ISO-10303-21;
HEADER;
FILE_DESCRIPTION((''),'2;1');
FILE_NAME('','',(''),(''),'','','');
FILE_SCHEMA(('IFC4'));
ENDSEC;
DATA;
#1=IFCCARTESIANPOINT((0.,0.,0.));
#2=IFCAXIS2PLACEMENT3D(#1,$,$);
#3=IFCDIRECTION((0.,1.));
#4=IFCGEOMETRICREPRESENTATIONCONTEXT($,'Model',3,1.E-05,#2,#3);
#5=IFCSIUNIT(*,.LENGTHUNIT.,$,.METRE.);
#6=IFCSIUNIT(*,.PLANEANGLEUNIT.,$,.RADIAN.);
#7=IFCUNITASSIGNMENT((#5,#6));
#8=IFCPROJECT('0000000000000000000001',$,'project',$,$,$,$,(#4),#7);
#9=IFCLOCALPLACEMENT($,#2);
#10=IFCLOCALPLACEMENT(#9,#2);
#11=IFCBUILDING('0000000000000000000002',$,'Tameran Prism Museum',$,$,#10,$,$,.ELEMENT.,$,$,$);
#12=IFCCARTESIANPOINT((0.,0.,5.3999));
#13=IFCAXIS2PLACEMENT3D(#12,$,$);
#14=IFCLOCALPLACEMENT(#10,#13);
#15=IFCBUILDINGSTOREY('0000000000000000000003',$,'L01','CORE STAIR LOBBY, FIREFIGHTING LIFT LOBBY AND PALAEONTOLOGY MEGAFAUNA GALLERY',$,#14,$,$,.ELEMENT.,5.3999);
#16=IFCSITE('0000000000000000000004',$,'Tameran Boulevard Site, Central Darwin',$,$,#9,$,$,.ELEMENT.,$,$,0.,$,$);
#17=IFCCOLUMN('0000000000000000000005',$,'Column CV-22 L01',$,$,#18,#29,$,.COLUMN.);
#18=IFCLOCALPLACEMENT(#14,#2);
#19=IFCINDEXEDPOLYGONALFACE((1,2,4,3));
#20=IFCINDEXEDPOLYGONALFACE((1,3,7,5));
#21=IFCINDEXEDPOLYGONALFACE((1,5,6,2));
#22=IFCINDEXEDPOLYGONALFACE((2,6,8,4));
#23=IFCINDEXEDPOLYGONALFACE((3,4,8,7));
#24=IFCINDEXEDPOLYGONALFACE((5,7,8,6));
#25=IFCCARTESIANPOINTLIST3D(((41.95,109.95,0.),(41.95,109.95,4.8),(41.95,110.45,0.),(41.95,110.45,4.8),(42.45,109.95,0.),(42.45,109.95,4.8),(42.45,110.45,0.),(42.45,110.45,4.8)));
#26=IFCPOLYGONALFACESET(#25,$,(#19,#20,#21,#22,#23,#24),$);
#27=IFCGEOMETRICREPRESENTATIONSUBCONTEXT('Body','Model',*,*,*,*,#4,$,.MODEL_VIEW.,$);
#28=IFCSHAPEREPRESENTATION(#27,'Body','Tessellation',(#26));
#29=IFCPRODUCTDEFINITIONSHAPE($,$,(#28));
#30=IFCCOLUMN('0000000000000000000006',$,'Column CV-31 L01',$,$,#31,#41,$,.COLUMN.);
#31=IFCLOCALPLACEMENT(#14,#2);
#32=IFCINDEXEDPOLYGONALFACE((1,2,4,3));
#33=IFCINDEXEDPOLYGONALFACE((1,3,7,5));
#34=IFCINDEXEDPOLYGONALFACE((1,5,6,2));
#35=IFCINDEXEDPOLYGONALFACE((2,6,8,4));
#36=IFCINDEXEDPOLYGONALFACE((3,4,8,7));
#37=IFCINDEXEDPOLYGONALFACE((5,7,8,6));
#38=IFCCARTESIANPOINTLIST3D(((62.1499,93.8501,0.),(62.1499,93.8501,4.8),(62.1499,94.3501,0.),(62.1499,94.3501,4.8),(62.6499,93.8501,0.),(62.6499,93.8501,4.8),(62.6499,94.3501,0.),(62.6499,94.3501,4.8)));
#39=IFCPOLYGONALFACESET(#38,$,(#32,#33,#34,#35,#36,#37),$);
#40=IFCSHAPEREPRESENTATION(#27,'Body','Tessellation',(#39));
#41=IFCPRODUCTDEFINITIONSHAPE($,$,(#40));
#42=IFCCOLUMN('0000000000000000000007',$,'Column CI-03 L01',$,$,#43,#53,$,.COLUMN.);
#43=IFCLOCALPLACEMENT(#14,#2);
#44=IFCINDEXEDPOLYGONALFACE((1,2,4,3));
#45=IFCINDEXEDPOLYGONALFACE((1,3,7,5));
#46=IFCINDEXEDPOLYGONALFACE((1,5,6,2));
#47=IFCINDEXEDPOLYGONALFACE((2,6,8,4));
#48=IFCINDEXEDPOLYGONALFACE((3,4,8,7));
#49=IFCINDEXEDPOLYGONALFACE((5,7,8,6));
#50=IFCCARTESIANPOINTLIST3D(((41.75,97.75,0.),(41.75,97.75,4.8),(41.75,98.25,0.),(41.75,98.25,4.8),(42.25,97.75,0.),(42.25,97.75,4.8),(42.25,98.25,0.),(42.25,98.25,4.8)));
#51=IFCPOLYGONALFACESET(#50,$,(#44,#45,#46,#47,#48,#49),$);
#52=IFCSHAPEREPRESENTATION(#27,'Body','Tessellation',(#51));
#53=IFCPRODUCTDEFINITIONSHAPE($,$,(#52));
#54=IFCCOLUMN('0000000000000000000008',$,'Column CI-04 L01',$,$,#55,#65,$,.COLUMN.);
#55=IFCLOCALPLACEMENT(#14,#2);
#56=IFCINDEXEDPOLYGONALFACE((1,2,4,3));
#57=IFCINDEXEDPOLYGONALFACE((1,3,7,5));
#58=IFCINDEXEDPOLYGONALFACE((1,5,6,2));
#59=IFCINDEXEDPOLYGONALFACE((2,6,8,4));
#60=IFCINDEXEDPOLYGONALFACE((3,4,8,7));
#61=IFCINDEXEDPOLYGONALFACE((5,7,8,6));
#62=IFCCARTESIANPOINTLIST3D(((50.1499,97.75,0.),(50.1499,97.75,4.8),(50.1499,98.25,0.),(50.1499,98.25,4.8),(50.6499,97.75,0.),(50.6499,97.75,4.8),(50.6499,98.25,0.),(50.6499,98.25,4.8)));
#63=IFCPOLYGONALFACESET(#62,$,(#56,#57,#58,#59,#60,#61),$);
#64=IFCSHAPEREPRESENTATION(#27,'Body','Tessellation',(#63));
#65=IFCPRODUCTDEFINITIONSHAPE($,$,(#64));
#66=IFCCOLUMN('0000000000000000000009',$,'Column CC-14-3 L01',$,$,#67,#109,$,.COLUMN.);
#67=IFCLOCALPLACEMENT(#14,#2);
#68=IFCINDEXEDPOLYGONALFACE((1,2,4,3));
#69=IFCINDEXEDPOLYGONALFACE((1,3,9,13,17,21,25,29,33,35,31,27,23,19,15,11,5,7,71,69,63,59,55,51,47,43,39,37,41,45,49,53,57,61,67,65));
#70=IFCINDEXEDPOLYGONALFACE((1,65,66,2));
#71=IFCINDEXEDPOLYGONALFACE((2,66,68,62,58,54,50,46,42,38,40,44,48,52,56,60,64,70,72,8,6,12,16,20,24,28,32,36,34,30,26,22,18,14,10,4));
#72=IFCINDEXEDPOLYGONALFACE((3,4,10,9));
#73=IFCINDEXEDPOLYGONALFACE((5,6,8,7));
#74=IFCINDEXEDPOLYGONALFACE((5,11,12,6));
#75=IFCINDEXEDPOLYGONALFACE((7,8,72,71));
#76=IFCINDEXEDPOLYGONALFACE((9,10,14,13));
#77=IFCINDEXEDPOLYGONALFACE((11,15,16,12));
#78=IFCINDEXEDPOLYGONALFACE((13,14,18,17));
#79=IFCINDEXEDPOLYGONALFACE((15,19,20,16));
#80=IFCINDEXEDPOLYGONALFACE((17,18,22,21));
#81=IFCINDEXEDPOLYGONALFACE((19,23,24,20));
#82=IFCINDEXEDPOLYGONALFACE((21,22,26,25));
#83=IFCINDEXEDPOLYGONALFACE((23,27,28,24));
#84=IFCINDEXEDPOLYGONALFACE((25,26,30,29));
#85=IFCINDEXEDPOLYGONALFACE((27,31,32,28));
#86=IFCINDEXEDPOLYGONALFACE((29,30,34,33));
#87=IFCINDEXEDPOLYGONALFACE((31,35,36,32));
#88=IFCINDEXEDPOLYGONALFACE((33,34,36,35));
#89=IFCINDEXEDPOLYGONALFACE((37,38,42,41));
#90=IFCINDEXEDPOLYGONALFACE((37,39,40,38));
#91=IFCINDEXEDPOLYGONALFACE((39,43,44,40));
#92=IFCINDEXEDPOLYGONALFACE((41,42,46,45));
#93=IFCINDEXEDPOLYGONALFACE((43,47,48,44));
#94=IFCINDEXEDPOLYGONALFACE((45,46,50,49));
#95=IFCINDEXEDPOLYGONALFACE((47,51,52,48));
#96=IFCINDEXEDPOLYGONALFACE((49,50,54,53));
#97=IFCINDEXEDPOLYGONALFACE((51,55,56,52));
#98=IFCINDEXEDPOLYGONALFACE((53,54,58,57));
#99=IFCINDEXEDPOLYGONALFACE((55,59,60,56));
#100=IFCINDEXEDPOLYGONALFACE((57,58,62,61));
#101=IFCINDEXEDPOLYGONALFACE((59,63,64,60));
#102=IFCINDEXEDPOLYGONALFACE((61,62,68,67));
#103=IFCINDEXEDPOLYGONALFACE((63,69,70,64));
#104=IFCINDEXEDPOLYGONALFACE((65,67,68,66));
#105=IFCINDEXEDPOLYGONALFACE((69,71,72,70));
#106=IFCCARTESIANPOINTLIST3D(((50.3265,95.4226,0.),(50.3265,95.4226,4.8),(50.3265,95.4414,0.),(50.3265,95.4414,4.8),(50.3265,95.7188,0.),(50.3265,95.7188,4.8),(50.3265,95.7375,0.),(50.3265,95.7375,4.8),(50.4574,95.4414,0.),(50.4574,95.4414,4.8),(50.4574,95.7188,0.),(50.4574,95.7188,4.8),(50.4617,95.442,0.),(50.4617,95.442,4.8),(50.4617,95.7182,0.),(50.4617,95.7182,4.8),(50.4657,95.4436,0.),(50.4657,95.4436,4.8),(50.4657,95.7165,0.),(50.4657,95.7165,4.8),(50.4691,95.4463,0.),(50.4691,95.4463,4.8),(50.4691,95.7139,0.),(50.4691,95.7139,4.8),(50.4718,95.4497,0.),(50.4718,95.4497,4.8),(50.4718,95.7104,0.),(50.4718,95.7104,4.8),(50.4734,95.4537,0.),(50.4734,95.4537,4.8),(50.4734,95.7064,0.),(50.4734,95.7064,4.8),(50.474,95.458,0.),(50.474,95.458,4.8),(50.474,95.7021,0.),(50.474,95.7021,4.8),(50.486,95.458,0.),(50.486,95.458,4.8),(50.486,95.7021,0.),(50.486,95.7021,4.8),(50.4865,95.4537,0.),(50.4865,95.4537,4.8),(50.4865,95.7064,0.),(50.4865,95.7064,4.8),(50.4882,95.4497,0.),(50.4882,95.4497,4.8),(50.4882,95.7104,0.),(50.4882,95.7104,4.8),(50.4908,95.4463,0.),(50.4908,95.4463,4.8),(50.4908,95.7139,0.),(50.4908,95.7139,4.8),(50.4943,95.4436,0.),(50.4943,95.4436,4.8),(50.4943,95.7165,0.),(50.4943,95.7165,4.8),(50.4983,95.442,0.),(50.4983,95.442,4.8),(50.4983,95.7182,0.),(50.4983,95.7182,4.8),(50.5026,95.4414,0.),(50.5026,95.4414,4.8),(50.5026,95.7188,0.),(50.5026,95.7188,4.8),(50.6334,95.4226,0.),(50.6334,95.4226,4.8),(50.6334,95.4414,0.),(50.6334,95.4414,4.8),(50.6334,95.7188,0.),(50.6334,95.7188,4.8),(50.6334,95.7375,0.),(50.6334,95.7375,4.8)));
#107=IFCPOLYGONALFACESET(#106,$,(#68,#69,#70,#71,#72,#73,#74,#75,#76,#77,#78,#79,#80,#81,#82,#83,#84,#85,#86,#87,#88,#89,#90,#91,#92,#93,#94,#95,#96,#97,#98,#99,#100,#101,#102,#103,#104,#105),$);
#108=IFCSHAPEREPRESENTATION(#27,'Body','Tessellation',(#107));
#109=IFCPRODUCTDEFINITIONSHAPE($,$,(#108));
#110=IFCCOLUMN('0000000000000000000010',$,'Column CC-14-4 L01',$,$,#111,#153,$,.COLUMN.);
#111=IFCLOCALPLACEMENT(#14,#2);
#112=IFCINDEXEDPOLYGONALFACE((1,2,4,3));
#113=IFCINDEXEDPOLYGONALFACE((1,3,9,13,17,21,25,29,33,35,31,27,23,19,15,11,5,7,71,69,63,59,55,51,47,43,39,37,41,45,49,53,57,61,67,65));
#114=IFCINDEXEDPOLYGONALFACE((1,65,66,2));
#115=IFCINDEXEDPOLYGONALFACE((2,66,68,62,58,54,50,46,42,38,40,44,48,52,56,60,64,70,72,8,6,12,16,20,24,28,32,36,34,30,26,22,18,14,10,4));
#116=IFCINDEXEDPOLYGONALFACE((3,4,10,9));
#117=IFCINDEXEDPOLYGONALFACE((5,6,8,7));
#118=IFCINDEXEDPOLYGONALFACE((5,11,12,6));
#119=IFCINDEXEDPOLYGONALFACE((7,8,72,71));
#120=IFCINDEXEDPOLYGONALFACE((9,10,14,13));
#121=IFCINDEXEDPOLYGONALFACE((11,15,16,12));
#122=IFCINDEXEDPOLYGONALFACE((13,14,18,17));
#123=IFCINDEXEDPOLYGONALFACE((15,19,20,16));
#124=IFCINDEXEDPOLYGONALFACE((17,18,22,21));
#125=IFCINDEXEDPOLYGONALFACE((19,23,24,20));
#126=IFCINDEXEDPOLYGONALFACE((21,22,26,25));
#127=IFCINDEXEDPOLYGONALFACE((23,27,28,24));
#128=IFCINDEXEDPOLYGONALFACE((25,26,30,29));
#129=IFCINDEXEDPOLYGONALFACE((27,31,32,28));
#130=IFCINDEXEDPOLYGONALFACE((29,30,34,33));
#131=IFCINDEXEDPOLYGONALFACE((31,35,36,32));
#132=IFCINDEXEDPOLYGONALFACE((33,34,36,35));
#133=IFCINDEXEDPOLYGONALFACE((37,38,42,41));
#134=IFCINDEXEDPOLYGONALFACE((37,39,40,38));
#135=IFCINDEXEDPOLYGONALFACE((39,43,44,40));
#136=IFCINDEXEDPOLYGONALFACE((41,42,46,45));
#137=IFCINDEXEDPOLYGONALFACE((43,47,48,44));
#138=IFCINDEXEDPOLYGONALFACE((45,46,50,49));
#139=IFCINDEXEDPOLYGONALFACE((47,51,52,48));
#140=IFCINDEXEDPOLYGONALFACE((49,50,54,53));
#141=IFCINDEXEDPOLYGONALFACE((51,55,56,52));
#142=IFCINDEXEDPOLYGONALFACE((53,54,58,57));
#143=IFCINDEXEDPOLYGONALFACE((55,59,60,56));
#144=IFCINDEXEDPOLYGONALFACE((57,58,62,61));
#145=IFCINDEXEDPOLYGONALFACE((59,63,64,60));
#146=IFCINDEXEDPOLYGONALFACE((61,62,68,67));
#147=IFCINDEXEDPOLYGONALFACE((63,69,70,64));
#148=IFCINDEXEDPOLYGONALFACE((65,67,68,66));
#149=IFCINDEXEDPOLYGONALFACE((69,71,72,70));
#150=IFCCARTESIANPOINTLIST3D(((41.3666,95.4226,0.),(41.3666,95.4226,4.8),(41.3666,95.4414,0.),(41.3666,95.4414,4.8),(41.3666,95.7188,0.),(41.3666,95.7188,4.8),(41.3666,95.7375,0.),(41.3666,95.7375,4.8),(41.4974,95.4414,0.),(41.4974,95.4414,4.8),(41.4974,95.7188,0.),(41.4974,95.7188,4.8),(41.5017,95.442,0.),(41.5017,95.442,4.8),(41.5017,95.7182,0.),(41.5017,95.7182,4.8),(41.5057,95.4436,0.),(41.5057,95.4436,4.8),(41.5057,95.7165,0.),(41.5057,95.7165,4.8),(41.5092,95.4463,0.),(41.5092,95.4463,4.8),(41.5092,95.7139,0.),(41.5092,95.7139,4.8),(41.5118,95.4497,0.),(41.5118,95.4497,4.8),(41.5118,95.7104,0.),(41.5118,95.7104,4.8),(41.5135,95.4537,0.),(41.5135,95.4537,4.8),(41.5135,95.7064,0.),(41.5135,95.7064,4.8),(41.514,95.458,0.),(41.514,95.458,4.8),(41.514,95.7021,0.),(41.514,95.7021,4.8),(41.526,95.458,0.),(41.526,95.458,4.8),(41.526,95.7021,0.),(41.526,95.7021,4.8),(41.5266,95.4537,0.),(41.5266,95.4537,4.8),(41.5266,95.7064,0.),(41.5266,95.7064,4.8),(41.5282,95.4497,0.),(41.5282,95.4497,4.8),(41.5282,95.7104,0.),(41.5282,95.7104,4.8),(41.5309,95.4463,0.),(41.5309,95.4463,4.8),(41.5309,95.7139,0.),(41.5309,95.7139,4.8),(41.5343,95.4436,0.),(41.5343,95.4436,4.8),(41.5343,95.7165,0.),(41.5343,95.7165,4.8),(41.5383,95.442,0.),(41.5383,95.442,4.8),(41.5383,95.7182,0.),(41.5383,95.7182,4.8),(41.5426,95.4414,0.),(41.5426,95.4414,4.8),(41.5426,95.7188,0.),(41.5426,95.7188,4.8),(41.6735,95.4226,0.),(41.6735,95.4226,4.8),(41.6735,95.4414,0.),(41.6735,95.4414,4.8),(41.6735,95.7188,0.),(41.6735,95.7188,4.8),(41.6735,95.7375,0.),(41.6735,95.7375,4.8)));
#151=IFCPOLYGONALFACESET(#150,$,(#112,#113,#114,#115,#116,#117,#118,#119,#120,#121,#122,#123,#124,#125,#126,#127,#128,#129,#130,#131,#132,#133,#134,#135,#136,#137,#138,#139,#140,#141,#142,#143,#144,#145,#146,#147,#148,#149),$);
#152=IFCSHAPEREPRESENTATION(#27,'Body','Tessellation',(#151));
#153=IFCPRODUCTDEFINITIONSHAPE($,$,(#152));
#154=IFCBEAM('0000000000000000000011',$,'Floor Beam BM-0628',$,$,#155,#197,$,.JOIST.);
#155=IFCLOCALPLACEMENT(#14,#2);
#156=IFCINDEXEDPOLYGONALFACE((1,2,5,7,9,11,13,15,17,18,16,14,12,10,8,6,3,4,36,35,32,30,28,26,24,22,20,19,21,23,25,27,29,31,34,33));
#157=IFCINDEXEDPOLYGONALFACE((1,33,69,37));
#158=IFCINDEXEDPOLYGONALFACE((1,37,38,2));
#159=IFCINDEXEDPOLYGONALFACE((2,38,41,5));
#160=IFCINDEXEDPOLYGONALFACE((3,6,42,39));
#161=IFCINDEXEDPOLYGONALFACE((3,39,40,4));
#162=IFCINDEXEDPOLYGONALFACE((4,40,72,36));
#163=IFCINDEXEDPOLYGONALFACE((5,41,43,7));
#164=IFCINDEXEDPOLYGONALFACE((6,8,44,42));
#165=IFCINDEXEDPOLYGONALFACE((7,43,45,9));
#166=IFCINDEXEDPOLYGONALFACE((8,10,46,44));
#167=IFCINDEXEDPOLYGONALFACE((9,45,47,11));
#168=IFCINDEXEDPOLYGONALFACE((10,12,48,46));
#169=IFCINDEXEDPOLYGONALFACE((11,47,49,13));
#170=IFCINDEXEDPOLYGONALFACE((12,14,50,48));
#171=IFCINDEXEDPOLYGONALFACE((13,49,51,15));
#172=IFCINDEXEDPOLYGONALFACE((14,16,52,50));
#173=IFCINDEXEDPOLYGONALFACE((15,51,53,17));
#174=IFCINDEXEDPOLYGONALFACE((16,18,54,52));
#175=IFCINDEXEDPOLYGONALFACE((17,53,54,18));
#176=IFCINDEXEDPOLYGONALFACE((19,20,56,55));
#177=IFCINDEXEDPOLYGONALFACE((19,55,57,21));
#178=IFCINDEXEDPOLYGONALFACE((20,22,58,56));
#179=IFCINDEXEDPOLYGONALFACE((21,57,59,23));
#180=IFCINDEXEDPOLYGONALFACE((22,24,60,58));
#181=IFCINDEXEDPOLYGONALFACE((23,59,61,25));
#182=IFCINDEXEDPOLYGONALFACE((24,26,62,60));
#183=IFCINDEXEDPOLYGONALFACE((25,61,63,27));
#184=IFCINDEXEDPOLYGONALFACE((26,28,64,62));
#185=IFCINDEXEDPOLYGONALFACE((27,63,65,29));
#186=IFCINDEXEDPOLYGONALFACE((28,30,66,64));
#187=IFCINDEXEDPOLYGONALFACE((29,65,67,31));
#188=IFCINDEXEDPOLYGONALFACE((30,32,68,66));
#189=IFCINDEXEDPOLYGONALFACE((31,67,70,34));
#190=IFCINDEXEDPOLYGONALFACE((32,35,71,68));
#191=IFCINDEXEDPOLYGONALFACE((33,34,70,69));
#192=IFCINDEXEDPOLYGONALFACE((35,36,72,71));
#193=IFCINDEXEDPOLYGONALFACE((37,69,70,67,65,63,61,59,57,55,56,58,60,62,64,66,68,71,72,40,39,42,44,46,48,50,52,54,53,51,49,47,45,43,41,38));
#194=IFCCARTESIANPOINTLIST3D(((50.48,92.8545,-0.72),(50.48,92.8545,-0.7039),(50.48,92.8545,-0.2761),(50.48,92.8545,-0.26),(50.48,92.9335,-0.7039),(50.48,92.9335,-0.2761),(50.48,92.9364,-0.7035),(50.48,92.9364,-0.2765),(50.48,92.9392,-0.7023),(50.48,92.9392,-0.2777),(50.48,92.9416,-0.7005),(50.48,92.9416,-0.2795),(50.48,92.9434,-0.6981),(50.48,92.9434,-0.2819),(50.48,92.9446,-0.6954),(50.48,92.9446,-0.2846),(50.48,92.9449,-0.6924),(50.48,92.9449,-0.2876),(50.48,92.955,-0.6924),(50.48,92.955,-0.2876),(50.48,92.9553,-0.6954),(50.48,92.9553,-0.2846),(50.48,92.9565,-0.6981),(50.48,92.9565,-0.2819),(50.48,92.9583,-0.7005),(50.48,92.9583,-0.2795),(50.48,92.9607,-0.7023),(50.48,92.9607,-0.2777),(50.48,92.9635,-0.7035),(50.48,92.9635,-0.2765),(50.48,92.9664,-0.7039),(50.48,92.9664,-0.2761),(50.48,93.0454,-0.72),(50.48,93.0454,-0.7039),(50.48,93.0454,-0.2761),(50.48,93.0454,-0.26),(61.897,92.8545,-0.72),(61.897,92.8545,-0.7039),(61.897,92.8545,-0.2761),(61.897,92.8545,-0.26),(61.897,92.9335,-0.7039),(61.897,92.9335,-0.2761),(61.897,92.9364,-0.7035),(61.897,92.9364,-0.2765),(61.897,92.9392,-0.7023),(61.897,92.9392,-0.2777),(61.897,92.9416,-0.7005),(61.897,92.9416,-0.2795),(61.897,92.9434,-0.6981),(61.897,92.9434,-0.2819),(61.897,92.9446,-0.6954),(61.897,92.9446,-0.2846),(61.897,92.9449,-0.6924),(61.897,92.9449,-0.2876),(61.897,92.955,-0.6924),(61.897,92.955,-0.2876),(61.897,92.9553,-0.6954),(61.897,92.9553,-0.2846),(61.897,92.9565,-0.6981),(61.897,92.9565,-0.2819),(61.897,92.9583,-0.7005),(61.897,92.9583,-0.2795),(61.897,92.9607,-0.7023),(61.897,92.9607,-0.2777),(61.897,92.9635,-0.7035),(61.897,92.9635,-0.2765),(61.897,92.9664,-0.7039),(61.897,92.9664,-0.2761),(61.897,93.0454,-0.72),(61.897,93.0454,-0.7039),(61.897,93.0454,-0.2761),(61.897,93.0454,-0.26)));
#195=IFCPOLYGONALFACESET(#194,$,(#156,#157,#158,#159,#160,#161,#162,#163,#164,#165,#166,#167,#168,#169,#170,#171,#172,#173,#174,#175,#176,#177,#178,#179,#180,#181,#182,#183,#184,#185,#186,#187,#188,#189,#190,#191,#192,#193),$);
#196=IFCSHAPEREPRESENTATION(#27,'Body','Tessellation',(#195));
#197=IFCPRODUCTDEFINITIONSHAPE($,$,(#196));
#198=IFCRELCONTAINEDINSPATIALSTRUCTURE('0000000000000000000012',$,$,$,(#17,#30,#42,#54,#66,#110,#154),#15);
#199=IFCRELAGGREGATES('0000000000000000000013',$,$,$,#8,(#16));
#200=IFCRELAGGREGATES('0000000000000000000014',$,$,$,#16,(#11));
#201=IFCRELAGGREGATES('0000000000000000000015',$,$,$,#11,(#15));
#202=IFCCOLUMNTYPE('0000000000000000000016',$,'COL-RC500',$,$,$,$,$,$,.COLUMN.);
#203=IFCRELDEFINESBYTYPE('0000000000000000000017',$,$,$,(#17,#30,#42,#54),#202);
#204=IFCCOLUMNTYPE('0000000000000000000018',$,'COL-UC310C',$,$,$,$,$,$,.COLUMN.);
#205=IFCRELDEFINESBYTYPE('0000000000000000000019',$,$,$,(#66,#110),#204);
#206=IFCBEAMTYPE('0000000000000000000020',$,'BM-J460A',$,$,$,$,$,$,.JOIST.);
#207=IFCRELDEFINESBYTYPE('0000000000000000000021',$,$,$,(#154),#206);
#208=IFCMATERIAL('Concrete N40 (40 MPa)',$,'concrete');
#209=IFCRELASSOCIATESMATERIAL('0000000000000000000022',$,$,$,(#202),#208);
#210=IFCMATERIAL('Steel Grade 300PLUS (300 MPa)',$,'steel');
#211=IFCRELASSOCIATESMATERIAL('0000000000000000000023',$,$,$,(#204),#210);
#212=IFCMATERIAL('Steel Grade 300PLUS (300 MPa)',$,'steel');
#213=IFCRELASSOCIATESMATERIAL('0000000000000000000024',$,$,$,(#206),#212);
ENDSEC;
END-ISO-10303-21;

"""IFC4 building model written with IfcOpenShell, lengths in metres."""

from ifc_helpers import new_model, si_unit, direction, frame, origin, origin_2d, place, context, subcontext, project, spatial, rectangle, i_section, extrude, material, material_profile, profile_set, type_object, element, save


model = new_model("IFC4")

# Units and contexts
model_context = context("Model", 3, precision=1e-05, world=origin(), true_north=direction((0.0, 1.0)))
body_context = subcontext(model_context, "Body", "Model", "MODEL_VIEW")
ifc_project = project(units=[si_unit("LENGTHUNIT", "METRE"), si_unit("PLANEANGLEUNIT", "RADIAN")], contexts=[model_context])

# Site, building, storey
site_placement = place(None, origin())
site = spatial("IfcSite", under=ifc_project, at=site_placement, Name="Tameran Boulevard Site, Central Darwin", CompositionType="ELEMENT", RefElevation=0.0)
building_placement = place(site_placement, origin())
building = spatial("IfcBuilding", under=site, at=building_placement, Name="Tameran Prism Museum", CompositionType="ELEMENT")
storey_placement = place(building_placement, frame((0.0, 0.0, 5.3999)))
storey = spatial("IfcBuildingStorey", under=building, at=storey_placement, Name="L01", Description="CORE STAIR LOBBY, FIREFIGHTING LIFT LOBBY AND PALAEONTOLOGY MEGAFAUNA GALLERY", CompositionType="ELEMENT", Elevation=5.3999)

# Columns
ifc_material_1 = material(Name="Concrete N40 (40 MPa)", Category="concrete")
ifc_material_profile_1 = material_profile(ifc_material_1, rectangle(XDim=0.5, YDim=0.5, at=origin_2d()))
ifc_profile_set_1 = profile_set([ifc_material_profile_1])
column_type_1 = type_object("IfcColumnType", Name="COL-RC500", PredefinedType="COLUMN", material=ifc_profile_set_1)
for number, where, z_axis, x_axis, name in (
    (1, (42.2, 110.2, 0.0), (0.0, 0.0, 1.0), (1.0, 0.0, 0.0), "Column CV-22 L01"),
    (2, (62.3999, 94.1001, 0.0), (0.0, 0.0, 1.0), (1.0, 0.0, 0.0), "Column CV-31 L01"),
    (3, (42.0, 98.0, 0.0), (0.0, 0.0, 1.0), (1.0, 0.0, 0.0), "Column CI-03 L01"),
    (4, (50.3999, 98.0, 0.0), (0.0, 0.0, 1.0), (1.0, 0.0, 0.0), "Column CI-04 L01"),
):
    element("IfcColumn", number, at=place(storey_placement, frame(where, z_axis=z_axis, x_axis=x_axis)), inside=storey, type_object=column_type_1, Name=name, PredefinedType="COLUMN", context=body_context, shape_type="SweptSolid", body=[
        extrude(rectangle(XDim=0.5, YDim=0.5, at=origin_2d()), origin(), (0.0, 0.0, 1.0), 4.8),
    ])
ifc_material_2 = material(Name="Steel Grade 300PLUS (300 MPa)", Category="steel")
ifc_material_profile_2 = material_profile(ifc_material_2, i_section(OverallWidth=0.3069, OverallDepth=0.3149, WebThickness=0.012, FlangeThickness=0.0188, FilletRadius=0.0166, at=origin_2d()))
ifc_profile_set_2 = profile_set([ifc_material_profile_2])
column_type_2 = type_object("IfcColumnType", Name="COL-UC310C", PredefinedType="COLUMN", material=ifc_profile_set_2)
for number, where, z_axis, x_axis, name in (
    (5, (50.48, 95.5801, 0.0), (0.0, 0.0, 1.0), (1.0, 0.0, 0.0), "Column CC-14-3 L01"),
    (6, (41.52, 95.5801, 0.0), (0.0, 0.0, 1.0), (1.0, 0.0, 0.0), "Column CC-14-4 L01"),
):
    element("IfcColumn", number, at=place(storey_placement, frame(where, z_axis=z_axis, x_axis=x_axis)), inside=storey, type_object=column_type_2, Name=name, PredefinedType="COLUMN", context=body_context, shape_type="SweptSolid", body=[
        extrude(i_section(OverallWidth=0.3069, OverallDepth=0.3149, WebThickness=0.012, FlangeThickness=0.0188, FilletRadius=0.0166, at=origin_2d()), origin(), (0.0, 0.0, 1.0), 4.8),
    ])

# Beam
ifc_material_3 = material(Name="Steel Grade 300PLUS (300 MPa)", Category="steel")
ifc_material_profile_3 = material_profile(ifc_material_3, i_section(OverallWidth=0.1909, OverallDepth=0.46, WebThickness=0.01, FlangeThickness=0.0161, FilletRadius=0.0115, at=origin_2d()))
ifc_profile_set_3 = profile_set([ifc_material_profile_3])
beam_type_1 = type_object("IfcBeamType", Name="BM-J460A", PredefinedType="JOIST", material=ifc_profile_set_3)
beam_1_placement = place(storey_placement, frame((50.48, 92.95, -0.49), z_axis=(1.0, 0.0, 0.0), x_axis=(0.0, 1.0, 0.0)))
element("IfcBeam", 7, at=beam_1_placement, inside=storey, type_object=beam_type_1, Name="Floor Beam BM-0628", PredefinedType="JOIST", context=body_context, shape_type="SweptSolid", body=[
    extrude(i_section(OverallWidth=0.1909, OverallDepth=0.46, WebThickness=0.01, FlangeThickness=0.0161, FilletRadius=0.0115, at=origin_2d()), origin(), (0.0, 0.0, 1.0), 11.417),
])

save(model, "model.ifc")
